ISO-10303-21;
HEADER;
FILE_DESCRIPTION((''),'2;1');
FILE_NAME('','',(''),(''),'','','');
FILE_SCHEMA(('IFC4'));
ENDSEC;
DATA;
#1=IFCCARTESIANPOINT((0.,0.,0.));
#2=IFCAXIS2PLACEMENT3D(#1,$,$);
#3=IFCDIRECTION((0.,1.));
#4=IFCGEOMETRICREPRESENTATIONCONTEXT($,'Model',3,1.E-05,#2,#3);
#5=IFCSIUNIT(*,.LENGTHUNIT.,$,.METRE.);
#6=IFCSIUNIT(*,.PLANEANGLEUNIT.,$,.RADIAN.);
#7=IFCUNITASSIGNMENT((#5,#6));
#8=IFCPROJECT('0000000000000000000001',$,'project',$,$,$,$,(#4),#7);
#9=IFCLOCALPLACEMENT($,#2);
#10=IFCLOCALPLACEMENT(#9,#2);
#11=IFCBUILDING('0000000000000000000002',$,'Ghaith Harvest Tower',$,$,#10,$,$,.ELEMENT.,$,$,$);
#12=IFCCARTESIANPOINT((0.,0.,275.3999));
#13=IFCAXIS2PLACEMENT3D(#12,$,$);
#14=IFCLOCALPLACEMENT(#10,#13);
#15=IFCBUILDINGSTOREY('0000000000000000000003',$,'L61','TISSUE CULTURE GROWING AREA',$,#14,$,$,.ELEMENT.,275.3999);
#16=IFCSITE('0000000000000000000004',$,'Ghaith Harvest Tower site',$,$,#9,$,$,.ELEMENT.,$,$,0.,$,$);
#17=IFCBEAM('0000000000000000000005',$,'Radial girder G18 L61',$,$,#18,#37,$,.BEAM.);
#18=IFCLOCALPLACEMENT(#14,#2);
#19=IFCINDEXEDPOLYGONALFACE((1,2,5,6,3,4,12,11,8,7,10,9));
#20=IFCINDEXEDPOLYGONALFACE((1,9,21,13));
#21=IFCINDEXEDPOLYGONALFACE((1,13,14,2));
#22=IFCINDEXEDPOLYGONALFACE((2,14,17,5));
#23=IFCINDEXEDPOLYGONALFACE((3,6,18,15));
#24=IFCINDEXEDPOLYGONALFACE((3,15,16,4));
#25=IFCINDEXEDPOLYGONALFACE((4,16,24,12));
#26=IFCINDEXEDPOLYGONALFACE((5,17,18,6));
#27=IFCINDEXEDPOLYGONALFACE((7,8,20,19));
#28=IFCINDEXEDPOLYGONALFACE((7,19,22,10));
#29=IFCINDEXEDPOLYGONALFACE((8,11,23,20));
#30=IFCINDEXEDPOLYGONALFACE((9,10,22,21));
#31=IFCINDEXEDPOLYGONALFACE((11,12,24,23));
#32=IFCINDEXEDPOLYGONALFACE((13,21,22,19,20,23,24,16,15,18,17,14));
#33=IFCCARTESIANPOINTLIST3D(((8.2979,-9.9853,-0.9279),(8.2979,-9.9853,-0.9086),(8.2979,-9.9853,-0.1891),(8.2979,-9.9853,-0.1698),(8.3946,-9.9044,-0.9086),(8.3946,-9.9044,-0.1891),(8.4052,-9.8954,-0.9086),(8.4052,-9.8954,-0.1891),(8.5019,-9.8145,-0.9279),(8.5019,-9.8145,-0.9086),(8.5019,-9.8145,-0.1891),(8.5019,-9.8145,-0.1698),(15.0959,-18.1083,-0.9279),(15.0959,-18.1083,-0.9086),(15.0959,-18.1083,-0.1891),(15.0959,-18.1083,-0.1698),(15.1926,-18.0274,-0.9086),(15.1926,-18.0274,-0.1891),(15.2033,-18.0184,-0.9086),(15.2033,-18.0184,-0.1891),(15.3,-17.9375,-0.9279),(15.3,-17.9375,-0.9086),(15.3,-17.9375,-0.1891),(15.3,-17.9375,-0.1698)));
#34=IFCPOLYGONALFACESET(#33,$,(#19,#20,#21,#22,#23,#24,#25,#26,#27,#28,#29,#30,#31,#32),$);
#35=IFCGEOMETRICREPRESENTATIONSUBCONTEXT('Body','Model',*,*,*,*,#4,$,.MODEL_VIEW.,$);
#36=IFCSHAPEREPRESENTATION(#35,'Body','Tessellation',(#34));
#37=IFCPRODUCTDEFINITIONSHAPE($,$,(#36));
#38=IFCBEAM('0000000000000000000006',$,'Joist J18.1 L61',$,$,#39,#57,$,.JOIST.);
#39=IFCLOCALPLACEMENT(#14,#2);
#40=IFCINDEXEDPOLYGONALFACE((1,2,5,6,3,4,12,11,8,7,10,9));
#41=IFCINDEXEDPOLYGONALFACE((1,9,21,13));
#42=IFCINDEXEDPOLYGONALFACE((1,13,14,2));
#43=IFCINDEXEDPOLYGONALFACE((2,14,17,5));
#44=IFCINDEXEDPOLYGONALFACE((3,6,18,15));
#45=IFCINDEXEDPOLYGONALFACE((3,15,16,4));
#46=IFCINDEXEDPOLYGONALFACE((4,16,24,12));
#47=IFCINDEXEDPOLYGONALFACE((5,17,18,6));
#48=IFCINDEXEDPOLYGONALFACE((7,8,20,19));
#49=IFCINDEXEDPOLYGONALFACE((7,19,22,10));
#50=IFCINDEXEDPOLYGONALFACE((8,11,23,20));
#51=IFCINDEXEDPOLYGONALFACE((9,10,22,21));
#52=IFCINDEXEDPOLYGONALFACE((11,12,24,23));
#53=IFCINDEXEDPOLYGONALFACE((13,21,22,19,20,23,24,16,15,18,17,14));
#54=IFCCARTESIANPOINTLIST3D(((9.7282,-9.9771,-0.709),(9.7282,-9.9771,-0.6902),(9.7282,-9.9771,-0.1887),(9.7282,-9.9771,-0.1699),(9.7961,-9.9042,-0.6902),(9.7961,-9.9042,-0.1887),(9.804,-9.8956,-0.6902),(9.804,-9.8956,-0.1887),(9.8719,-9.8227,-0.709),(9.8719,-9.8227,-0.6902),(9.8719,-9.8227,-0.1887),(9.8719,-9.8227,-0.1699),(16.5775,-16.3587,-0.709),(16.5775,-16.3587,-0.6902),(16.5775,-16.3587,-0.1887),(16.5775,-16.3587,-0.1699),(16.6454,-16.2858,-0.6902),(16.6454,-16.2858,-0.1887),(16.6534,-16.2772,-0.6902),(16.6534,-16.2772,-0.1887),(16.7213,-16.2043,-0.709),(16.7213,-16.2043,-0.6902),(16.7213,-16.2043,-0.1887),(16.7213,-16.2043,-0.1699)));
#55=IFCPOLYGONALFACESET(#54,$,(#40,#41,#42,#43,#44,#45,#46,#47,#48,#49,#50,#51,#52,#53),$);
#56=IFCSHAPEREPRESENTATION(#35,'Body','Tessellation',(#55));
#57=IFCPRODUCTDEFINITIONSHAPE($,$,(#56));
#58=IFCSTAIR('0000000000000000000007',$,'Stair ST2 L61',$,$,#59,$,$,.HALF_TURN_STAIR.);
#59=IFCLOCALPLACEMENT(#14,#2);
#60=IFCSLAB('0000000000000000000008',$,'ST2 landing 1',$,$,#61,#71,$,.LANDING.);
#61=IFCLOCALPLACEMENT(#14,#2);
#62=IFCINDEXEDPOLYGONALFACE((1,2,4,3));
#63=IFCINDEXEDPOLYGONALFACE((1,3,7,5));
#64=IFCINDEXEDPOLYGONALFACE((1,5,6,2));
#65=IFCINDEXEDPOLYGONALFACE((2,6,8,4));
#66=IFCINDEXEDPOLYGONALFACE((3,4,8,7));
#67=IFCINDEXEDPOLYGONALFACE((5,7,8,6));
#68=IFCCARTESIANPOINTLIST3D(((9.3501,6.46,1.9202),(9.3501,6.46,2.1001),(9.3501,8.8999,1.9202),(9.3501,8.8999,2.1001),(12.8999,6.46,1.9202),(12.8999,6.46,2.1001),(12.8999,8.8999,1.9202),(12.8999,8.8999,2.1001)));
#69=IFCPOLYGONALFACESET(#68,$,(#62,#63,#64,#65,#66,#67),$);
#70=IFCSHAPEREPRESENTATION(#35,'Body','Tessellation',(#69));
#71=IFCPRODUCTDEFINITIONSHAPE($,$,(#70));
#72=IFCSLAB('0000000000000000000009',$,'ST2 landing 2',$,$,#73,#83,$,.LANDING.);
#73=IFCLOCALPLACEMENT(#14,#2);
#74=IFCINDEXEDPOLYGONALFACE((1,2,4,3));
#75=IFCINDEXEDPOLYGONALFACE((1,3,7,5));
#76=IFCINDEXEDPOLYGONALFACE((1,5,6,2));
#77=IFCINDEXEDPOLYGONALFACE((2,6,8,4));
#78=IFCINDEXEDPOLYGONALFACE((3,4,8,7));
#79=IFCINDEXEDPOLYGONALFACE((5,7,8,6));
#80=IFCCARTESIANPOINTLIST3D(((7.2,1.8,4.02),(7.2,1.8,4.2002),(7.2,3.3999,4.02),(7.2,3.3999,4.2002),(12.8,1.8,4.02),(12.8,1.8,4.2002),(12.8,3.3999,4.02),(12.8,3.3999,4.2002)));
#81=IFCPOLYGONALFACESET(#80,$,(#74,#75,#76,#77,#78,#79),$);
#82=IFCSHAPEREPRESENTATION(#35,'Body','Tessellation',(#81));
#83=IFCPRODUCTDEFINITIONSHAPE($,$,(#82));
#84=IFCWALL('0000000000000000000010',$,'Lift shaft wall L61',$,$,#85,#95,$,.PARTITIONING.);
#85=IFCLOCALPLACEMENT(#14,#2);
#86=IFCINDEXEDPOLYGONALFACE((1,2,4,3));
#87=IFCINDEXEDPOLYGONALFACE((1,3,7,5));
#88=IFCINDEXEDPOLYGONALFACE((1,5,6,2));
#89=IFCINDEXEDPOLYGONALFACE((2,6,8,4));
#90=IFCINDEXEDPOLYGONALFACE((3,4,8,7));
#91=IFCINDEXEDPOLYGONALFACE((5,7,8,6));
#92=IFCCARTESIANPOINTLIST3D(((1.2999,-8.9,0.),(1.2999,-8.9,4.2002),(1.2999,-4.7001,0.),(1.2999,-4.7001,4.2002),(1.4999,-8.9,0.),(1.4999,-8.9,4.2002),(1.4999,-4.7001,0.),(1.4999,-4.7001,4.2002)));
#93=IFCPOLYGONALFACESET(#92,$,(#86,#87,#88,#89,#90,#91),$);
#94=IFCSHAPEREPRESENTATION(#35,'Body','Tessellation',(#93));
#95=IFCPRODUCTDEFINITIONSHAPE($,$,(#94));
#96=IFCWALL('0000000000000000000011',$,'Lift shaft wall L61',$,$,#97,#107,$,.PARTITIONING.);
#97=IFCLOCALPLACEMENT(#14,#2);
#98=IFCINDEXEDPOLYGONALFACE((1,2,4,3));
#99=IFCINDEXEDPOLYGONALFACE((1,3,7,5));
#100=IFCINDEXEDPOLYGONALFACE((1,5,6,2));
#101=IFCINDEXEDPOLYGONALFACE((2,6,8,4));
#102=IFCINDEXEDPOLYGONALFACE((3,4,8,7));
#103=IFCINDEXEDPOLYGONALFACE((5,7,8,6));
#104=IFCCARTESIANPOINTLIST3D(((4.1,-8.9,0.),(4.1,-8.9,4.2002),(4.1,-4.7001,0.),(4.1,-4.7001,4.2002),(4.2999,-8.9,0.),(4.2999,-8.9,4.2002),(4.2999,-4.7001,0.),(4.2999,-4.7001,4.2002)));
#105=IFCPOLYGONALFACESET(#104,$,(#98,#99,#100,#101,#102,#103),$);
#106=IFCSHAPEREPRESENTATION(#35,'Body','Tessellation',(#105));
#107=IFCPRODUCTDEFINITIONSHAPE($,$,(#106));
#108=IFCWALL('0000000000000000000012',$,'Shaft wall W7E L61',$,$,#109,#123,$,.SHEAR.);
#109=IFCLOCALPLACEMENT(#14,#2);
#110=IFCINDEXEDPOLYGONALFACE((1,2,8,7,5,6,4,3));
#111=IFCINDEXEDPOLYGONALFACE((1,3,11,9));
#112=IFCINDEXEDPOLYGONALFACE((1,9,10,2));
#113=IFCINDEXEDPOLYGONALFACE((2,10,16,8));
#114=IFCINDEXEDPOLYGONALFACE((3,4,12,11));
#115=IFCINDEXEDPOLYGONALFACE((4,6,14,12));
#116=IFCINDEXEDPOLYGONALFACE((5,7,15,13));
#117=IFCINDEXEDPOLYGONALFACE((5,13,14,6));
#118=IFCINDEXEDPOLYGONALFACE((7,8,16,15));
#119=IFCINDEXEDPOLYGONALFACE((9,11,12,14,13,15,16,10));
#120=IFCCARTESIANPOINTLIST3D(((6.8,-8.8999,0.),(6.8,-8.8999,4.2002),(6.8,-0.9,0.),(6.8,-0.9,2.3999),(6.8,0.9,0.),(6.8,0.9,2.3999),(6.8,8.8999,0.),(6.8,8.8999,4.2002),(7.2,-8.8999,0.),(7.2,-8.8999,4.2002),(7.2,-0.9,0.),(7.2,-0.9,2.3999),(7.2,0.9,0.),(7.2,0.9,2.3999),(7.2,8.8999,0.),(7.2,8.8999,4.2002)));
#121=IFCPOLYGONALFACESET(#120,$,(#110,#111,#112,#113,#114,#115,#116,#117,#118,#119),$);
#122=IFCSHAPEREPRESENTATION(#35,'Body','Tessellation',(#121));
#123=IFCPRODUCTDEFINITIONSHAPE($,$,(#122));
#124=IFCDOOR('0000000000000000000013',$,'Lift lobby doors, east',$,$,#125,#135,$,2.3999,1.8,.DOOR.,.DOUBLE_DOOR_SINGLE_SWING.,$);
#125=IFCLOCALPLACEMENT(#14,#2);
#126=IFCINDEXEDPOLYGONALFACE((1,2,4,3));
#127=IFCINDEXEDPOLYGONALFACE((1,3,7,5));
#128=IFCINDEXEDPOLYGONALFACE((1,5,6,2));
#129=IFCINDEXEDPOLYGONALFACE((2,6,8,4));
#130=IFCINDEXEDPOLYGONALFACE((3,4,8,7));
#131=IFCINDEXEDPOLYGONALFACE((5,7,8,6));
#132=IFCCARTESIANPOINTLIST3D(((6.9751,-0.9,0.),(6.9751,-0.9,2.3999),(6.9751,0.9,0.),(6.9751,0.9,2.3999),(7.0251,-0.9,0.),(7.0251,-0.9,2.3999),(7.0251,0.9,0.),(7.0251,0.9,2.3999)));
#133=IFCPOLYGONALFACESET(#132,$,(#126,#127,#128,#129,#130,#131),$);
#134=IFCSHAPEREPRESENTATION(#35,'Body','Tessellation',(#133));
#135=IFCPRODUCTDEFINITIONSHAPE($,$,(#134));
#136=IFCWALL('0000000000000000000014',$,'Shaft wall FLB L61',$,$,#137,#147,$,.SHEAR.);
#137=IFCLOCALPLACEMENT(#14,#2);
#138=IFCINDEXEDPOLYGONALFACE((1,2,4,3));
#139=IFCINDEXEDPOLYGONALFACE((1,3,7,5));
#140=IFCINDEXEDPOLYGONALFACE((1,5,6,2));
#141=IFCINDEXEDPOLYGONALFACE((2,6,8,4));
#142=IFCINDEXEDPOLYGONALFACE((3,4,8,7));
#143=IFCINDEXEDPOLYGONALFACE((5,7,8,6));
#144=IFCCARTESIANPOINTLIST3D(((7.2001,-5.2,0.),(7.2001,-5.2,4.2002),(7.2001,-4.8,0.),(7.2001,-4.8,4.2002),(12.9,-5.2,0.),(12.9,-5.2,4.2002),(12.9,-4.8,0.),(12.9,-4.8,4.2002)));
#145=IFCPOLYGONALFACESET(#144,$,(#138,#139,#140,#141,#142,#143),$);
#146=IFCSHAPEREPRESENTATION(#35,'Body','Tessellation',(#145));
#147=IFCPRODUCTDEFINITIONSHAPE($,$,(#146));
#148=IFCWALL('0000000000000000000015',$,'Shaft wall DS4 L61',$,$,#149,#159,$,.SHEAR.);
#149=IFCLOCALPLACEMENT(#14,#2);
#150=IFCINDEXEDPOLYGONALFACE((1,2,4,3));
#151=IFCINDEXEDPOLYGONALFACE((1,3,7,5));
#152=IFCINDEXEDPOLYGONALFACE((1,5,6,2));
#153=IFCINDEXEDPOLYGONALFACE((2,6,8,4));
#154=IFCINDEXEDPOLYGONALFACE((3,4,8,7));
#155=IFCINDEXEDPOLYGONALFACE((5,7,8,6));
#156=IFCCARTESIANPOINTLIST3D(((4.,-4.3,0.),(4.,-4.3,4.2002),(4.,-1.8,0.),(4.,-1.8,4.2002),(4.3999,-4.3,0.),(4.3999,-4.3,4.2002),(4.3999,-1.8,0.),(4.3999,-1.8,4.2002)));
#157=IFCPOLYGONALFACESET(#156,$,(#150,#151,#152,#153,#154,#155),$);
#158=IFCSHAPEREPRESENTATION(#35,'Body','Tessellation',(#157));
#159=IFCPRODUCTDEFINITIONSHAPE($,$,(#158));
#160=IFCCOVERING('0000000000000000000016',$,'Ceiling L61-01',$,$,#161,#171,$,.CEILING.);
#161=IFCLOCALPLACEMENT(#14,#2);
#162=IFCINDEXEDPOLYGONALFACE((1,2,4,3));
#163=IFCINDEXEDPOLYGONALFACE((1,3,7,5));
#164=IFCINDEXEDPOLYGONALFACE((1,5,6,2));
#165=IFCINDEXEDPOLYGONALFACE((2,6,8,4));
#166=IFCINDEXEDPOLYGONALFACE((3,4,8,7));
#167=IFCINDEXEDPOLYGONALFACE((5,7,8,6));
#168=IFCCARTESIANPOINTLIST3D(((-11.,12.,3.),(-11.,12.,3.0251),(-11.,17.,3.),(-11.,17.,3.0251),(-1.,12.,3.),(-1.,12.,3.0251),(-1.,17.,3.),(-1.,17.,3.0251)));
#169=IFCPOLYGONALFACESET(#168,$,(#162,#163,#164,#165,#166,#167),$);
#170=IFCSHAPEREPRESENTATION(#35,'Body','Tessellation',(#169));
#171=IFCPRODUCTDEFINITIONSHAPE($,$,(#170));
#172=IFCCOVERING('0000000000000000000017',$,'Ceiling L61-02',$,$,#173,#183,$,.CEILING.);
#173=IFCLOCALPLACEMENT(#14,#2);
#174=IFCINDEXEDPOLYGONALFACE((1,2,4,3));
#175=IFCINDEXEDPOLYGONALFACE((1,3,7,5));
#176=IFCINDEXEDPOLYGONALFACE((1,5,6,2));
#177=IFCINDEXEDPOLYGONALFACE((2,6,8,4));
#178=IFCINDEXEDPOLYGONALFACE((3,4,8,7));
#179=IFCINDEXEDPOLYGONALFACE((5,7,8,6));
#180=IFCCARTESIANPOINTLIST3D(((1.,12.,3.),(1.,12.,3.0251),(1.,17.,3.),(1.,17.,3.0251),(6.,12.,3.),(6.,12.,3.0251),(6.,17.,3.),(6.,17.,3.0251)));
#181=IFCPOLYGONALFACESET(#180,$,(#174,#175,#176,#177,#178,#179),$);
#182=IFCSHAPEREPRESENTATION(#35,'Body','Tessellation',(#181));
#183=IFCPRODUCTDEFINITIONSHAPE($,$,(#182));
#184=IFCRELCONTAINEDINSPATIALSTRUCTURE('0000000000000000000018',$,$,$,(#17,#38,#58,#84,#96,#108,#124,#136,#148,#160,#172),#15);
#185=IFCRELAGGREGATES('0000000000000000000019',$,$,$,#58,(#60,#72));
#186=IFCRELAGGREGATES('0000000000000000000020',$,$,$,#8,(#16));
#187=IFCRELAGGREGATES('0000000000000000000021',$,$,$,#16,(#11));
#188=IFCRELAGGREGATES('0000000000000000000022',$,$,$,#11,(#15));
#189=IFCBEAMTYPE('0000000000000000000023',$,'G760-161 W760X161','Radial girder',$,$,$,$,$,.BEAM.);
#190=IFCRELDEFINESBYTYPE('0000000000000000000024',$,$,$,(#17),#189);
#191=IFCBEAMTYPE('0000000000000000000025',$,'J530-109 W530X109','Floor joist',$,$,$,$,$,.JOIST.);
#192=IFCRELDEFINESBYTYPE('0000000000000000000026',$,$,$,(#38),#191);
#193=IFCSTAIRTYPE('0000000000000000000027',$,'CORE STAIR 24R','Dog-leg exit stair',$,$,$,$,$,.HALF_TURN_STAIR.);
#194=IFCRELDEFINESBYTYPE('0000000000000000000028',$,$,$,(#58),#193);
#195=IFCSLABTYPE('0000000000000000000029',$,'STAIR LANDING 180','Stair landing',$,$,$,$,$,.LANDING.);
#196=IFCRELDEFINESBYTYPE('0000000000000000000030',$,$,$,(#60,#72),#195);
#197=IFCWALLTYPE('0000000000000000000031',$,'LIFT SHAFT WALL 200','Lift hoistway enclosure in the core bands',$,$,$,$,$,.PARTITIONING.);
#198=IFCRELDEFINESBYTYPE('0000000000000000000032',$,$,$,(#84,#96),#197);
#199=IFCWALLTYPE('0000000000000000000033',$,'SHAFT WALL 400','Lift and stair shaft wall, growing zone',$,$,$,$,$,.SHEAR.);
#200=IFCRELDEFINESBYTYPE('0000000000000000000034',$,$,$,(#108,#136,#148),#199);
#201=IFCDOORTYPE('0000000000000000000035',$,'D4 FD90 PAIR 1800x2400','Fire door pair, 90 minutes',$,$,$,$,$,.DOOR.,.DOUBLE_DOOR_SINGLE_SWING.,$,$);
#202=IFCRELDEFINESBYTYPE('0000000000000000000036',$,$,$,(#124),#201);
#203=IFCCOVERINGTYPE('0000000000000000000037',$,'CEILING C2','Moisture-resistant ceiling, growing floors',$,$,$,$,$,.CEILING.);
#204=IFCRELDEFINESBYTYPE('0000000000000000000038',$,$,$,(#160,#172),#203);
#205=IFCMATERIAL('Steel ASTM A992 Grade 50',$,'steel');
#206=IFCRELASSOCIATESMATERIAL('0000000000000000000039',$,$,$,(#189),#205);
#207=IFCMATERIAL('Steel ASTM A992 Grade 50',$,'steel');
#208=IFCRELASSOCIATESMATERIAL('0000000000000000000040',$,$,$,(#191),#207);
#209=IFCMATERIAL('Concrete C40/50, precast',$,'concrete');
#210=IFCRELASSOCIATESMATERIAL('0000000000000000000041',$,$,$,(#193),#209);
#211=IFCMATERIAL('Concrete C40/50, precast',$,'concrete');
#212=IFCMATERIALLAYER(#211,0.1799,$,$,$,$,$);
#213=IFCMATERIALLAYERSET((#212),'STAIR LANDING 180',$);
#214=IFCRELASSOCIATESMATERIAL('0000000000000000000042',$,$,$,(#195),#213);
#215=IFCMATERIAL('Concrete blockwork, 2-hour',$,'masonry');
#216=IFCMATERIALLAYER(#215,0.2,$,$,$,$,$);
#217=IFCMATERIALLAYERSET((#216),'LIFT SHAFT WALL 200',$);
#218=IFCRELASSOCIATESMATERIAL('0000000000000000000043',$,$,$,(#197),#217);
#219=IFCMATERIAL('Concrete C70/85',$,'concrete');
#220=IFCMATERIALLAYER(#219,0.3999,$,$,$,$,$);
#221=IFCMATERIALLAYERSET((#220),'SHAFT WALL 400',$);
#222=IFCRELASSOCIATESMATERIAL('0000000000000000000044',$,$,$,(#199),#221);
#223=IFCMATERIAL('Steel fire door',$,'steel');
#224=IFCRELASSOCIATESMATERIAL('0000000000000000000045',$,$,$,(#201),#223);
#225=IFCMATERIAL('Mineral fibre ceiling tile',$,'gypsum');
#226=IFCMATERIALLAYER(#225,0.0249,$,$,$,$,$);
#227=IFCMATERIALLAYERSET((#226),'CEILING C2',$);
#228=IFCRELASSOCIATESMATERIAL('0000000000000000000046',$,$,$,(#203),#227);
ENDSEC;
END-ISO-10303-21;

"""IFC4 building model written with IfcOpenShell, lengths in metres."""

from ifc_helpers import new_model, si_unit, direction, frame, frame_2d, origin, origin_2d, place, context, subcontext, project, spatial, polyline, rectangle, i_section, outline, extrude, material, layer, layer_set, material_profile, profile_set, type_object, element, fill, aggregate, save


model = new_model("IFC4")

# Units and contexts
model_context = context("Model", 3, precision=1e-05, world=origin(), true_north=direction((0.0, 1.0)))
body_context = subcontext(model_context, "Body", "Model", "MODEL_VIEW")
ifc_project = project(units=[si_unit("LENGTHUNIT", "METRE"), si_unit("PLANEANGLEUNIT", "RADIAN")], contexts=[model_context])

# Site, building, storey
site_placement = place(None, origin())
site = spatial("IfcSite", under=ifc_project, at=site_placement, Name="Ghaith Harvest Tower site", CompositionType="ELEMENT", RefElevation=0.0)
building_placement = place(site_placement, origin())
building = spatial("IfcBuilding", under=site, at=building_placement, Name="Ghaith Harvest Tower", CompositionType="ELEMENT")
storey_placement = place(building_placement, frame((0.0, 0.0, 275.3999)))
storey = spatial("IfcBuildingStorey", under=building, at=storey_placement, Name="L61", Description="TISSUE CULTURE GROWING AREA", CompositionType="ELEMENT", Elevation=275.3999)

# Beams
ifc_material_1 = material(Name="Steel ASTM A992 Grade 50", Category="steel")
ifc_material_profile_1 = material_profile(ifc_material_1, i_section(OverallWidth=0.2661, OverallDepth=0.7581, WebThickness=0.0139, FlangeThickness=0.0193, at=origin_2d()), Name="W760X161")
ifc_profile_set_1 = profile_set([ifc_material_profile_1], Name="Steel ASTM A992 Grade 50")
beam_type_1 = type_object("IfcBeamType", Name="G760-161 W760X161", Description="Radial girder", PredefinedType="BEAM", material=ifc_profile_set_1)
beam_1_placement = place(storey_placement, frame((8.3999, -9.8999, -0.5488), z_axis=(0.641793, -0.766878, 0.0), x_axis=(0.766878, 0.641793, 0.0)))
element("IfcBeam", 1, at=beam_1_placement, inside=storey, type_object=beam_type_1, Name="Radial girder G18 L61", PredefinedType="BEAM", context=body_context, shape_type="SweptSolid", body=[
    extrude(i_section(OverallWidth=0.2661, OverallDepth=0.7581, WebThickness=0.0139, FlangeThickness=0.0193, at=origin_2d()), origin(), (0.0, 0.0, 1.0), 10.5923),
])
ifc_material_2 = material(Name="Steel ASTM A992 Grade 50", Category="steel")
ifc_material_profile_2 = material_profile(ifc_material_2, i_section(OverallWidth=0.2109, OverallDepth=0.5391, WebThickness=0.0117, FlangeThickness=0.0188, at=origin_2d()), Name="W530X109")
ifc_profile_set_2 = profile_set([ifc_material_profile_2], Name="Steel ASTM A992 Grade 50")
beam_type_2 = type_object("IfcBeamType", Name="J530-109 W530X109", Description="Floor joist", PredefinedType="JOIST", material=ifc_profile_set_2)
beam_2_placement = place(storey_placement, frame((9.8, -9.8999, -0.4395), z_axis=(0.731649, -0.681682, 0.0), x_axis=(0.681682, 0.731649, 0.0)))
element("IfcBeam", 2, at=beam_2_placement, inside=storey, type_object=beam_type_2, Name="Joist J18.1 L61", PredefinedType="JOIST", context=body_context, shape_type="SweptSolid", body=[
    extrude(i_section(OverallWidth=0.2109, OverallDepth=0.5391, WebThickness=0.0117, FlangeThickness=0.0188, at=origin_2d()), origin(), (0.0, 0.0, 1.0), 9.3616),
])

# Stair, slabs
ifc_material_3 = material(Name="Concrete C40/50, precast", Category="concrete")
stair_type = type_object("IfcStairType", Name="CORE STAIR 24R", Description="Dog-leg exit stair", PredefinedType="HALF_TURN_STAIR", material=ifc_material_3)
stair_placement = place(storey_placement, origin())
stair = element("IfcStair", 3, at=stair_placement, inside=storey, type_object=stair_type, Name="Stair ST2 L61", PredefinedType="HALF_TURN_STAIR")
ifc_material_4 = material(Name="Concrete C40/50, precast", Category="concrete")
ifc_layer_1 = layer(ifc_material_4, 0.1799)
ifc_layer_set_1 = layer_set([ifc_layer_1], Name="STAIR LANDING 180")
slab_type = type_object("IfcSlabType", Name="STAIR LANDING 180", Description="Stair landing", PredefinedType="LANDING", material=ifc_layer_set_1)
slab_1_placement = place(storey_placement, frame((0.0, 0.0, 1.9202)))
slab_1 = element("IfcSlab", 4, at=slab_1_placement, type_object=slab_type, Name="ST2 landing 1", PredefinedType="LANDING", context=body_context, shape_type="SweptSolid", body=[
    extrude(outline(polyline([(12.8999, 6.46), (12.8999, 8.8999), (9.3501, 8.8999), (9.3501, 6.46), (12.8999, 6.46)])), origin(), (0.0, 0.0, 1.0), 0.1799),
])
slab_2_placement = place(storey_placement, frame((0.0, 0.0, 4.02)))
slab_2 = element("IfcSlab", 5, at=slab_2_placement, type_object=slab_type, Name="ST2 landing 2", PredefinedType="LANDING", context=body_context, shape_type="SweptSolid", body=[
    extrude(outline(polyline([(12.8, 1.8), (12.8, 3.3999), (7.2, 3.3999), (7.2, 1.8), (12.8, 1.8)])), origin(), (0.0, 0.0, 1.0), 0.1802),
])
aggregate(stair, [slab_1, slab_2])

# Walls
ifc_material_5 = material(Name="Concrete blockwork, 2-hour", Category="masonry")
ifc_layer_2 = layer(ifc_material_5, 0.2)
ifc_layer_set_2 = layer_set([ifc_layer_2], Name="LIFT SHAFT WALL 200")
wall_type_1 = type_object("IfcWallType", Name="LIFT SHAFT WALL 200", Description="Lift hoistway enclosure in the core bands", PredefinedType="PARTITIONING", material=ifc_layer_set_2)
for number, where, z_axis, x_axis, name in (
    (6, (1.3999, -4.7, 0.0), (0.0, 0.0, 1.0), (0.0, -1.0, 0.0), "Lift shaft wall L61"),
    (7, (4.2, -4.7, 0.0), (0.0, 0.0, 1.0), (0.0, -1.0, 0.0), "Lift shaft wall L61"),
):
    element("IfcWall", number, at=place(storey_placement, frame(where, z_axis=z_axis, x_axis=x_axis)), inside=storey, type_object=wall_type_1, Name=name, PredefinedType="PARTITIONING", context=body_context, shape_type="SweptSolid", body=[
        extrude(rectangle(XDim=4.2, YDim=0.2, at=frame_2d((2.1001, 0.0))), origin(), (0.0, 0.0, 1.0), 4.2002),
    ])

# Wall, opening, door
ifc_material_6 = material(Name="Concrete C70/85", Category="concrete")
ifc_layer_3 = layer(ifc_material_6, 0.3999)
ifc_layer_set_3 = layer_set([ifc_layer_3], Name="SHAFT WALL 400")
wall_type_2 = type_object("IfcWallType", Name="SHAFT WALL 400", Description="Lift and stair shaft wall, growing zone", PredefinedType="SHEAR", material=ifc_layer_set_3)
wall_1_placement = place(storey_placement, frame((7.0, -8.8999, 0.0), z_axis=(0.0, 0.0, 1.0), x_axis=(0.0, 1.0, 0.0)))
wall_1 = element("IfcWall", 8, at=wall_1_placement, inside=storey, type_object=wall_type_2, Name="Shaft wall W7E L61", PredefinedType="SHEAR", context=body_context, shape_type="SweptSolid", body=[
    extrude(rectangle(XDim=17.7998, YDim=0.3999, at=frame_2d((8.8999, 0.0))), origin(), (0.0, 0.0, 1.0), 4.2002),
])
opening_1_placement = place(wall_1_placement, frame((8.0, 0.0, 0.0)))
opening_1 = element("IfcOpeningElement", 9, at=opening_1_placement, cuts=wall_1, PredefinedType="OPENING", context=body_context, shape_type="SweptSolid", body=[
    extrude(rectangle(XDim=1.8, YDim=2.3999, at=frame_2d((0.8999, 1.2))), frame((0.0, 0.21, 0.0), z_axis=(0.0, -1.0, 0.0), x_axis=(1.0, 0.0, 0.0)), (0.0, 0.0, 1.0), 0.4199),
])
ifc_material_7 = material(Name="Steel fire door", Category="steel")
door_type_1 = type_object("IfcDoorType", Name="D4 FD90 PAIR 1800x2400", Description="Fire door pair, 90 minutes", OperationType="DOUBLE_DOOR_SINGLE_SWING", PredefinedType="DOOR", material=ifc_material_7)
door_1_placement = place(opening_1_placement, origin())
door_1 = element("IfcDoor", 10, at=door_1_placement, inside=storey, type_object=door_type_1, Name="Lift lobby doors, east", OperationType="DOUBLE_DOOR_SINGLE_SWING", OverallHeight=2.3999, OverallWidth=1.8, PredefinedType="DOOR", context=body_context, shape_type="SweptSolid", body=[
    extrude(rectangle(XDim=1.8, YDim=2.3999, at=frame_2d((0.8999, 1.2))), frame((0.0, 0.0249, 0.0), z_axis=(0.0, -1.0, 0.0), x_axis=(1.0, 0.0, 0.0)), (0.0, 0.0, 1.0), 0.05),
])
fill(opening_1, door_1)

# Walls
wall_2_placement = place(storey_placement, frame((7.2, -5.0, 0.0), z_axis=(0.0, 0.0, 1.0), x_axis=(1.0, 0.0, 0.0)))
element("IfcWall", 11, at=wall_2_placement, inside=storey, type_object=wall_type_2, Name="Shaft wall FLB L61", PredefinedType="SHEAR", context=body_context, shape_type="SweptSolid", body=[
    extrude(rectangle(XDim=5.7, YDim=0.3999, at=frame_2d((2.8501, 0.0))), origin(), (0.0, 0.0, 1.0), 4.2002),
])
wall_3_placement = place(storey_placement, frame((4.2, -4.3, 0.0), z_axis=(0.0, 0.0, 1.0), x_axis=(0.0, 1.0, 0.0)))
element("IfcWall", 12, at=wall_3_placement, inside=storey, type_object=wall_type_2, Name="Shaft wall DS4 L61", PredefinedType="SHEAR", context=body_context, shape_type="SweptSolid", body=[
    extrude(rectangle(XDim=2.5, YDim=0.3999, at=frame_2d((1.25, 0.0))), origin(), (0.0, 0.0, 1.0), 4.2002),
])

# Coverings
ifc_material_8 = material(Name="Mineral fibre ceiling tile", Category="gypsum")
ifc_layer_4 = layer(ifc_material_8, 0.0249)
ifc_layer_set_4 = layer_set([ifc_layer_4], Name="CEILING C2")
covering_type = type_object("IfcCoveringType", Name="CEILING C2", Description="Moisture-resistant ceiling, growing floors", PredefinedType="CEILING", material=ifc_layer_set_4)
covering_1_placement = place(storey_placement, frame((0.0, 0.0, 3.0)))
element("IfcCovering", 13, at=covering_1_placement, inside=storey, type_object=covering_type, Name="Ceiling L61-01", PredefinedType="CEILING", context=body_context, shape_type="SweptSolid", body=[
    extrude(outline(polyline([(-11.0, 12.0), (-1.0, 12.0), (-1.0, 17.0), (-11.0, 17.0), (-11.0, 12.0)])), origin(), (0.0, 0.0, 1.0), 0.0251),
])
covering_2_placement = place(storey_placement, frame((0.0, 0.0, 3.0)))
element("IfcCovering", 14, at=covering_2_placement, inside=storey, type_object=covering_type, Name="Ceiling L61-02", PredefinedType="CEILING", context=body_context, shape_type="SweptSolid", body=[
    extrude(outline(polyline([(1.0, 12.0), (6.0, 12.0), (6.0, 17.0), (1.0, 17.0), (1.0, 12.0)])), origin(), (0.0, 0.0, 1.0), 0.0251),
])

save(model, "model.ifc")
